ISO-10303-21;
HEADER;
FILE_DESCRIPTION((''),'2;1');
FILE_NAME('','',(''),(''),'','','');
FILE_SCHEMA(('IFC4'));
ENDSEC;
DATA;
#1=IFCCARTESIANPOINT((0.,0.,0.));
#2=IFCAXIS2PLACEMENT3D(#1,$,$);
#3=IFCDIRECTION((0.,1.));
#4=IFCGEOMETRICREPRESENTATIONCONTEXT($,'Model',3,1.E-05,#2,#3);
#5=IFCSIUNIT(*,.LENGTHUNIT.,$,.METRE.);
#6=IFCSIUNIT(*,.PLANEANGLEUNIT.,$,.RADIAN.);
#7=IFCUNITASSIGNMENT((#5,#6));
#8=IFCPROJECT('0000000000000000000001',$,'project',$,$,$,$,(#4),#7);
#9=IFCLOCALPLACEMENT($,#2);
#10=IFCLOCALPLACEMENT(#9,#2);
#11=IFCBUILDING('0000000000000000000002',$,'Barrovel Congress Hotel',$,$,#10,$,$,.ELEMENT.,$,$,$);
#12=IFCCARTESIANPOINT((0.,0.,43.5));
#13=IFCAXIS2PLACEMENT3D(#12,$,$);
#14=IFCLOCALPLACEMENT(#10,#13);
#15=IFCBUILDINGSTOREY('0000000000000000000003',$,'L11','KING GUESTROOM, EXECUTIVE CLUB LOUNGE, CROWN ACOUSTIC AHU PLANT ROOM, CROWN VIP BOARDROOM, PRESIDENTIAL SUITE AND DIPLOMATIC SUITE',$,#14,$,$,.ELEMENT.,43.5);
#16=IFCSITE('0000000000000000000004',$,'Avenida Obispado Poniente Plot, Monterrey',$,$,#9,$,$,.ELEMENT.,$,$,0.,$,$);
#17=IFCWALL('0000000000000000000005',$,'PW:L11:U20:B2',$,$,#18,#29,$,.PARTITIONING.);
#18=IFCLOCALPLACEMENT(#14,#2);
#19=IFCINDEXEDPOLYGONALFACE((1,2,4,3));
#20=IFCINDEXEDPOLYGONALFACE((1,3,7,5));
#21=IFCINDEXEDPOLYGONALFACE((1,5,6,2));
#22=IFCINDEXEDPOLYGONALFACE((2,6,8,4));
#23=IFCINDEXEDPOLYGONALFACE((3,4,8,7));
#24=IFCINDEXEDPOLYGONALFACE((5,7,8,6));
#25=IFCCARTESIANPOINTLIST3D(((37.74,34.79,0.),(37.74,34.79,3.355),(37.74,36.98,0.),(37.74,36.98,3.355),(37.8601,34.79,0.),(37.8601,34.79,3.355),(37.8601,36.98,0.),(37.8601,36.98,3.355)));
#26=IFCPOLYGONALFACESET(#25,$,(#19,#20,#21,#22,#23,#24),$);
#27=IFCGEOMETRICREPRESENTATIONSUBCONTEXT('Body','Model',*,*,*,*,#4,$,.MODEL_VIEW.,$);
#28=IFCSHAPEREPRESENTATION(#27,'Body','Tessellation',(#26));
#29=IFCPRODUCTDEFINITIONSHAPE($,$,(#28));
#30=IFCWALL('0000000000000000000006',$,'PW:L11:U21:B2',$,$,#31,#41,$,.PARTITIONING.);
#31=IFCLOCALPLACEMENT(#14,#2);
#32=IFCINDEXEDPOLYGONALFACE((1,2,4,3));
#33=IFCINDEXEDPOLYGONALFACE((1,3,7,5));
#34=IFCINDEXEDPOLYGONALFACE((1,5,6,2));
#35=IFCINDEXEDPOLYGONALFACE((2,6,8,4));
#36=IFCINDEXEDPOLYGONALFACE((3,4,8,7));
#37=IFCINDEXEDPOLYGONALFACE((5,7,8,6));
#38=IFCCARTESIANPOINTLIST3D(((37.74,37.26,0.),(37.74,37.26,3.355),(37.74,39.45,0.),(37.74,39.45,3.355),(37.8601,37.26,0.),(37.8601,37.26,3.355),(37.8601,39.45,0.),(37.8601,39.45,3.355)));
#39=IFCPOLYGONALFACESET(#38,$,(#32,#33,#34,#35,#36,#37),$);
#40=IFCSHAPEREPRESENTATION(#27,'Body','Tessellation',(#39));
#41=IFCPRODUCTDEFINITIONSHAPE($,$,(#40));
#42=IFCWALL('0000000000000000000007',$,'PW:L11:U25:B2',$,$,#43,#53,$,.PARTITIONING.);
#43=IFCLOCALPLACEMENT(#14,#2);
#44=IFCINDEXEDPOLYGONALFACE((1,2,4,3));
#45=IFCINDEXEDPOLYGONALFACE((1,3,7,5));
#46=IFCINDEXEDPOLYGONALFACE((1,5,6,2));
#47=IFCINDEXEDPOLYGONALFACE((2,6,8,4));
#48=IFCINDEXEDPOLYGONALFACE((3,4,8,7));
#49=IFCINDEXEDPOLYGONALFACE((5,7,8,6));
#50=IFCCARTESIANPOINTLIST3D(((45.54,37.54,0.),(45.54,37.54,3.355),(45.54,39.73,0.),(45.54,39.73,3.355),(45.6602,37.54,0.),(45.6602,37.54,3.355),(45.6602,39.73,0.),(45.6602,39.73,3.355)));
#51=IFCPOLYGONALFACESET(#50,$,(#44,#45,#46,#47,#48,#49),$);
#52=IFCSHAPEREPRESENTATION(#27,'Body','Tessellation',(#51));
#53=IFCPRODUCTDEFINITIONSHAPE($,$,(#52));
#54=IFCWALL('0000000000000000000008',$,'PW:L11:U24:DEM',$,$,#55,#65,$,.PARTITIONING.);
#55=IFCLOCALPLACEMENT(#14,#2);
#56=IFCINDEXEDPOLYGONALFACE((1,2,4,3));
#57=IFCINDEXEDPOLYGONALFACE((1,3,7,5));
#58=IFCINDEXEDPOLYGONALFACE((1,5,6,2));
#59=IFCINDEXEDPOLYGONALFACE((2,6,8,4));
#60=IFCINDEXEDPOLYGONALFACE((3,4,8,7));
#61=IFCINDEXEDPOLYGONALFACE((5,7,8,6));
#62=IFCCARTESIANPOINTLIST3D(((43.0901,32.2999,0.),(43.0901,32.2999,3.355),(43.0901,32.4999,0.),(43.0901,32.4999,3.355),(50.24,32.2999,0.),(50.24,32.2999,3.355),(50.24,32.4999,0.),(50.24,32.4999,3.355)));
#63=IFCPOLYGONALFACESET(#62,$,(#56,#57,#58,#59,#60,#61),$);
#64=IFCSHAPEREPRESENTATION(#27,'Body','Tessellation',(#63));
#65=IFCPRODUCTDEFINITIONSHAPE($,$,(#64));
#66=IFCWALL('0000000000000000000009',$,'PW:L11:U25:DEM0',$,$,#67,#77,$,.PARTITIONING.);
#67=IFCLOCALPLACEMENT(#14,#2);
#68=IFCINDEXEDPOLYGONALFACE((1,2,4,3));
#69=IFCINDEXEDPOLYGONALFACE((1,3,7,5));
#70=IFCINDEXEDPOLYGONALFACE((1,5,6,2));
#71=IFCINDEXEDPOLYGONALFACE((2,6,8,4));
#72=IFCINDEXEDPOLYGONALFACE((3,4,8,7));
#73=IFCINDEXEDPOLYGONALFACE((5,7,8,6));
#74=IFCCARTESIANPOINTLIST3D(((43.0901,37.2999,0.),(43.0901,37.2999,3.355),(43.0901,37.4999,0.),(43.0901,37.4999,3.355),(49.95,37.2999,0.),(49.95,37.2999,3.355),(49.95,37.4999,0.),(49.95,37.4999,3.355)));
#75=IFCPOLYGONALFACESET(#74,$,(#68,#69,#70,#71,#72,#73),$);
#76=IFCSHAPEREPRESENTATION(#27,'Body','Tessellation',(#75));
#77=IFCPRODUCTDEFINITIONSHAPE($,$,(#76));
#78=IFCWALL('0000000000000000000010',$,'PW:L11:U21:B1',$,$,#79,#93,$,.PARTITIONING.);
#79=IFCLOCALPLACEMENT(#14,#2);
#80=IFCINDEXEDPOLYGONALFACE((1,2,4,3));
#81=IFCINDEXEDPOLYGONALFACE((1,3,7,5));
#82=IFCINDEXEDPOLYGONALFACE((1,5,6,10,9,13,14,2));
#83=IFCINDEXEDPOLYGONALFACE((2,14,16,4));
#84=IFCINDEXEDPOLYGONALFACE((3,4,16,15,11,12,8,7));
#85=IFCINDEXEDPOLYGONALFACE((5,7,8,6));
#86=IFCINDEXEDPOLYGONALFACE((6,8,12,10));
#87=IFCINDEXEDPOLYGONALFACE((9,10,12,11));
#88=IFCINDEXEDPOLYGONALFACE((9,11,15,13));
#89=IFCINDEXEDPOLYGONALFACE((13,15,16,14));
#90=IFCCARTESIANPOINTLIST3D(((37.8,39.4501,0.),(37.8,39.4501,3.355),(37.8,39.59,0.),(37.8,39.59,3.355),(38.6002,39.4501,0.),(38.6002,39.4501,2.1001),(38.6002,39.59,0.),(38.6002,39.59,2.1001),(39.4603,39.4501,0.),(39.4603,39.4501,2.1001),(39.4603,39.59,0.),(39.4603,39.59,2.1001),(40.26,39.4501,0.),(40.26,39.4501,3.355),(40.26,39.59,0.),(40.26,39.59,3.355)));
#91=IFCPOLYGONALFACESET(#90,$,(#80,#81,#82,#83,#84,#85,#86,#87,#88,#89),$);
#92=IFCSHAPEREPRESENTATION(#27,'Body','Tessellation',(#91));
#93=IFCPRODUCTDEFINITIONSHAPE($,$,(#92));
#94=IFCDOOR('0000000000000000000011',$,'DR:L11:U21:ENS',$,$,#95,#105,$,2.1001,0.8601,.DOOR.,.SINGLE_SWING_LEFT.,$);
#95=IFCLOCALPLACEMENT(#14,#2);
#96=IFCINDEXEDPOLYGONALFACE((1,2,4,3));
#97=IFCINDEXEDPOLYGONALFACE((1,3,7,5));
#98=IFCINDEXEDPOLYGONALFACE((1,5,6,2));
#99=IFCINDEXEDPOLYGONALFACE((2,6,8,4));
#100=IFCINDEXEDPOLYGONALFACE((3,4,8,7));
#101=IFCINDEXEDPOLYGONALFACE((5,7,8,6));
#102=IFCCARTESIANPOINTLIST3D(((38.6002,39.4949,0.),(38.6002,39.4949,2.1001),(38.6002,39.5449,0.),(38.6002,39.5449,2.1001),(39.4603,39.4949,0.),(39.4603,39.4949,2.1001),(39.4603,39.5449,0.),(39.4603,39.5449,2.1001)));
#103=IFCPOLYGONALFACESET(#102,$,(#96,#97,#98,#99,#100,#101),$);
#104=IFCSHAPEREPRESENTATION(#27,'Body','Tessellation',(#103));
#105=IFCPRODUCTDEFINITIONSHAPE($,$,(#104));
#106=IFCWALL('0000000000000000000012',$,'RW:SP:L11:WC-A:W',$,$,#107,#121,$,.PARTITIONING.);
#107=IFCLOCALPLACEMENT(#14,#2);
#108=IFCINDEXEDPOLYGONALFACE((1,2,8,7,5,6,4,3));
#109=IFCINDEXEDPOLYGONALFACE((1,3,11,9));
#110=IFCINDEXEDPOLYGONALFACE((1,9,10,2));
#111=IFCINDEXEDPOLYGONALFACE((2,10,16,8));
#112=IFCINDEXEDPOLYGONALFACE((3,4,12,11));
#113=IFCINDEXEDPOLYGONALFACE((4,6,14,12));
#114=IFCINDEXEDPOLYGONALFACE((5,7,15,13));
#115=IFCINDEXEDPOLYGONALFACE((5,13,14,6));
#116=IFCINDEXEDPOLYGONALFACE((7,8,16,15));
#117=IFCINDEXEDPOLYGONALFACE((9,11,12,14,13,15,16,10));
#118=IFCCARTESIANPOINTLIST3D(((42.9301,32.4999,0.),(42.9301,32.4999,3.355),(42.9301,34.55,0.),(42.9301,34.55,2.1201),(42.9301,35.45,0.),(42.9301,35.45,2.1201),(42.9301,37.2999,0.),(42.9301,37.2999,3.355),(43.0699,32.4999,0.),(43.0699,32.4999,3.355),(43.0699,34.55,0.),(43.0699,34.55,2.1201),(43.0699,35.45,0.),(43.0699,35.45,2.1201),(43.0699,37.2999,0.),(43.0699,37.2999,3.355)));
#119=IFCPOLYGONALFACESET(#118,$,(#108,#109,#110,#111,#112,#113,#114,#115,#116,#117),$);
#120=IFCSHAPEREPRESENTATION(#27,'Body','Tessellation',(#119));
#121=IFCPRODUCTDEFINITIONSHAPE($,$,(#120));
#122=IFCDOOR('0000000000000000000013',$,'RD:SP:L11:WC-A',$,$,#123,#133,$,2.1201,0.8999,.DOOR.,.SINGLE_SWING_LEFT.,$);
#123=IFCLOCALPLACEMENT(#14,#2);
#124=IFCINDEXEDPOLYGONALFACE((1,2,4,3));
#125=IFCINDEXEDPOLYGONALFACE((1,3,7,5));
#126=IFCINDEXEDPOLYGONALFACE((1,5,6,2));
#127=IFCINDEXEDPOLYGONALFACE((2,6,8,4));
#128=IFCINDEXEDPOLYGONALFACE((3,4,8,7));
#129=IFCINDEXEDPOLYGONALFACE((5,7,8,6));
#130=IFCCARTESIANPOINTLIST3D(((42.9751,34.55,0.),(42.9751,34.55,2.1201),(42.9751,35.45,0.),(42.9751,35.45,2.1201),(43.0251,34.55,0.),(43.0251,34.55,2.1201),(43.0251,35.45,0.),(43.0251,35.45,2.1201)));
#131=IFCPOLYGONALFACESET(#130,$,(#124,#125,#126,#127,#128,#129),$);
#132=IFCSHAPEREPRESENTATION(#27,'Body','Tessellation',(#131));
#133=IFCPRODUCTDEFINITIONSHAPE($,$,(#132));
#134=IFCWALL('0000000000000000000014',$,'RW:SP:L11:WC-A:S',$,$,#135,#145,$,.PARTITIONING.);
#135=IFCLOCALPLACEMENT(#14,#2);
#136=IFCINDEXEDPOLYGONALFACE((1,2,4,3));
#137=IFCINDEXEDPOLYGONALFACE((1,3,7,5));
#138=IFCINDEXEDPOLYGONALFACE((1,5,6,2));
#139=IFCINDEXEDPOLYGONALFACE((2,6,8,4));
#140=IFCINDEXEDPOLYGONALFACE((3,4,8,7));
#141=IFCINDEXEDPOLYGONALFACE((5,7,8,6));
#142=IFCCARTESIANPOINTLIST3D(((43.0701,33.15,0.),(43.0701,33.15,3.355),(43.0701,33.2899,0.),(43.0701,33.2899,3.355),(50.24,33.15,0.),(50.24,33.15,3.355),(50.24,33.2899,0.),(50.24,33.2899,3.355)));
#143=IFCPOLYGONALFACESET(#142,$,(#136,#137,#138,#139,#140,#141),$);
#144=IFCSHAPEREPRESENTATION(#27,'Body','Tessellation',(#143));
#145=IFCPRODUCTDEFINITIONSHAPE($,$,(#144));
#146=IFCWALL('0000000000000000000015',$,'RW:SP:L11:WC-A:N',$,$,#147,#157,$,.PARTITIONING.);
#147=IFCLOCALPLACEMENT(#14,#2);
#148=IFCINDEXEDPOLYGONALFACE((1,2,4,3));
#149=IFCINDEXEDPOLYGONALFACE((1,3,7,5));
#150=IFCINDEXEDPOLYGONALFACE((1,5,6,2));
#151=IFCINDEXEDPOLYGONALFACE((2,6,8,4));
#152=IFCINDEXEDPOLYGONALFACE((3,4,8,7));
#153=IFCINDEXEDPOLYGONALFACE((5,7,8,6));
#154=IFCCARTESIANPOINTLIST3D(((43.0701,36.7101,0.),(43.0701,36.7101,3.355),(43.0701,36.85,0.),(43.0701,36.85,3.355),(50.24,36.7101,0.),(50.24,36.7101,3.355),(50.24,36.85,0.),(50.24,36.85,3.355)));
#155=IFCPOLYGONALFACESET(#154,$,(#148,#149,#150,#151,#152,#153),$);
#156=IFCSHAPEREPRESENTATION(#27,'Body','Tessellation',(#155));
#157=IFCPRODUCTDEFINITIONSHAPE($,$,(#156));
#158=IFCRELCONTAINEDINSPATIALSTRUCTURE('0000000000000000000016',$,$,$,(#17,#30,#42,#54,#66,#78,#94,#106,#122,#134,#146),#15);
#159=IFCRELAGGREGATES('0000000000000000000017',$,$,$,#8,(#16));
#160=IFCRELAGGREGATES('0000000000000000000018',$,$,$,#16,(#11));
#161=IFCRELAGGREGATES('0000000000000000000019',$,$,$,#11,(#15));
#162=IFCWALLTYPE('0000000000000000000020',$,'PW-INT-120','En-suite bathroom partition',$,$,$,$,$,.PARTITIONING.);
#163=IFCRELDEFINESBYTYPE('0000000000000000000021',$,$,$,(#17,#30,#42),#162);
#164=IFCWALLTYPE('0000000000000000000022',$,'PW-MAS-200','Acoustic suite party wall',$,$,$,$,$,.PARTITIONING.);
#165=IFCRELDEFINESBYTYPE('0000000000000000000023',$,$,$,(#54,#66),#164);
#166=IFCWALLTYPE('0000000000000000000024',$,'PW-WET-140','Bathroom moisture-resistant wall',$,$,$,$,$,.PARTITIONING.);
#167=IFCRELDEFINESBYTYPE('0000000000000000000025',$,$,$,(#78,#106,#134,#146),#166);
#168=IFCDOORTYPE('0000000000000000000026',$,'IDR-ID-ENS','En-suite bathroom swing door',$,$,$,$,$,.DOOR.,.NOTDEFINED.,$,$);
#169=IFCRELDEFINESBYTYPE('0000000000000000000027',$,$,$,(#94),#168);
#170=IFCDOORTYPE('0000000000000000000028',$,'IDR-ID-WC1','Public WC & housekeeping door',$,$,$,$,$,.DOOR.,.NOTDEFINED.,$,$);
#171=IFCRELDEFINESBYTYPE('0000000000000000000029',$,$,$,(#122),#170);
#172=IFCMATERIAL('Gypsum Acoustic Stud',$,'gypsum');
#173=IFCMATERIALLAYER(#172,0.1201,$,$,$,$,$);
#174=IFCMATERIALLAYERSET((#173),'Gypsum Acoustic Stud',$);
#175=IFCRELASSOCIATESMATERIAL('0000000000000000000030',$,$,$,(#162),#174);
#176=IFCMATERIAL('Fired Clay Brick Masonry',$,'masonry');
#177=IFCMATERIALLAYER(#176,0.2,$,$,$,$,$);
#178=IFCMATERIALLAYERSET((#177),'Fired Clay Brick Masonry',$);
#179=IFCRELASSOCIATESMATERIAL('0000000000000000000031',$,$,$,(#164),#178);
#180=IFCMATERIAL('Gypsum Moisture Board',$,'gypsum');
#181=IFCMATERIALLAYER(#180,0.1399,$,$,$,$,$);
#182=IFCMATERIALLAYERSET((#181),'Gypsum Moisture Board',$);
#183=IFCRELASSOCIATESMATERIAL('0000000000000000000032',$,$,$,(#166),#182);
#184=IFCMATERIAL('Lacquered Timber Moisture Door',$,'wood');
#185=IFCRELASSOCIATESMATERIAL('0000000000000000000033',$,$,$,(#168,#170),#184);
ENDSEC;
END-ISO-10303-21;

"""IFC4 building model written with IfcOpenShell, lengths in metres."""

from ifc_helpers import new_model, si_unit, direction, frame, frame_2d, origin, place, context, subcontext, project, spatial, rectangle, extrude, material, layer, layer_set, type_object, element, fill, save


model = new_model("IFC4")

# Units and contexts
model_context = context("Model", 3, precision=1e-05, world=origin(), true_north=direction((0.0, 1.0)))
body_context = subcontext(model_context, "Body", "Model", "MODEL_VIEW")
ifc_project = project(units=[si_unit("LENGTHUNIT", "METRE"), si_unit("PLANEANGLEUNIT", "RADIAN")], contexts=[model_context])

# Site, building, storey
site_placement = place(None, origin())
site = spatial("IfcSite", under=ifc_project, at=site_placement, Name="Avenida Obispado Poniente Plot, Monterrey", CompositionType="ELEMENT", RefElevation=0.0)
building_placement = place(site_placement, origin())
building = spatial("IfcBuilding", under=site, at=building_placement, Name="Barrovel Congress Hotel", CompositionType="ELEMENT")
storey_placement = place(building_placement, frame((0.0, 0.0, 43.5)))
storey = spatial("IfcBuildingStorey", under=building, at=storey_placement, Name="L11", Description="KING GUESTROOM, EXECUTIVE CLUB LOUNGE, CROWN ACOUSTIC AHU PLANT ROOM, CROWN VIP BOARDROOM, PRESIDENTIAL SUITE AND DIPLOMATIC SUITE", CompositionType="ELEMENT", Elevation=43.5)

# Shared definitions
ifc_material_1 = material(Name="Gypsum Acoustic Stud", Category="gypsum")

# Walls
ifc_layer_1 = layer(ifc_material_1, 0.1201)
ifc_layer_set_1 = layer_set([ifc_layer_1], Name="Gypsum Acoustic Stud")
wall_type_1 = type_object("IfcWallType", Name="PW-INT-120", Description="En-suite bathroom partition", PredefinedType="PARTITIONING", material=ifc_layer_set_1)
for number, where, z_axis, x_axis, name in (
    (1, (37.8, 34.79, 0.0), (0.0, 0.0, 1.0), (0.0, 1.0, 0.0), "PW:L11:U20:B2"),
    (2, (37.8, 37.26, 0.0), (0.0, 0.0, 1.0), (0.0, 1.0, 0.0), "PW:L11:U21:B2"),
    (3, (45.6001, 37.54, 0.0), (0.0, 0.0, 1.0), (0.0, 1.0, 0.0), "PW:L11:U25:B2"),
):
    element("IfcWall", number, at=place(storey_placement, frame(where, z_axis=z_axis, x_axis=x_axis)), inside=storey, type_object=wall_type_1, Name=name, PredefinedType="PARTITIONING", context=body_context, shape_type="SweptSolid", body=[
        extrude(rectangle(XDim=2.1899, YDim=0.1201, at=frame_2d((1.095, 0.0))), origin(), (0.0, 0.0, 1.0), 3.355),
    ])
ifc_material_2 = material(Name="Fired Clay Brick Masonry", Category="masonry")
ifc_layer_2 = layer(ifc_material_2, 0.2)
ifc_layer_set_2 = layer_set([ifc_layer_2], Name="Fired Clay Brick Masonry")
wall_type_2 = type_object("IfcWallType", Name="PW-MAS-200", Description="Acoustic suite party wall", PredefinedType="PARTITIONING", material=ifc_layer_set_2)
wall_1_placement = place(storey_placement, frame((43.0901, 32.3999, 0.0), z_axis=(0.0, 0.0, 1.0), x_axis=(1.0, 0.0, 0.0)))
element("IfcWall", 4, at=wall_1_placement, inside=storey, type_object=wall_type_2, Name="PW:L11:U24:DEM", PredefinedType="PARTITIONING", context=body_context, shape_type="SweptSolid", body=[
    extrude(rectangle(XDim=7.1499, YDim=0.2, at=frame_2d((3.575, 0.0))), origin(), (0.0, 0.0, 1.0), 3.355),
])
wall_2_placement = place(storey_placement, frame((43.0901, 37.3999, 0.0), z_axis=(0.0, 0.0, 1.0), x_axis=(1.0, 0.0, 0.0)))
element("IfcWall", 5, at=wall_2_placement, inside=storey, type_object=wall_type_2, Name="PW:L11:U25:DEM0", PredefinedType="PARTITIONING", context=body_context, shape_type="SweptSolid", body=[
    extrude(rectangle(XDim=6.8599, YDim=0.2, at=frame_2d((3.4299, 0.0))), origin(), (0.0, 0.0, 1.0), 3.355),
])

# Walls, openings, doors
ifc_material_3 = material(Name="Gypsum Moisture Board", Category="gypsum")
ifc_layer_3 = layer(ifc_material_3, 0.1399)
ifc_layer_set_3 = layer_set([ifc_layer_3], Name="Gypsum Moisture Board")
wall_type_3 = type_object("IfcWallType", Name="PW-WET-140", Description="Bathroom moisture-resistant wall", PredefinedType="PARTITIONING", material=ifc_layer_set_3)
wall_3_placement = place(storey_placement, frame((37.8, 39.52, 0.0), z_axis=(0.0, 0.0, 1.0), x_axis=(1.0, 0.0, 0.0)))
wall_3 = element("IfcWall", 6, at=wall_3_placement, inside=storey, type_object=wall_type_3, Name="PW:L11:U21:B1", PredefinedType="PARTITIONING", context=body_context, shape_type="SweptSolid", body=[
    extrude(rectangle(XDim=2.46, YDim=0.1399, at=frame_2d((1.23, 0.0))), origin(), (0.0, 0.0, 1.0), 3.355),
])
opening_1_placement = place(wall_3_placement, frame((0.8, 0.0, 0.0)))
opening_1 = element("IfcOpeningElement", 7, at=opening_1_placement, cuts=wall_3, PredefinedType="OPENING", context=body_context, shape_type="SweptSolid", body=[
    extrude(rectangle(XDim=0.8601, YDim=2.1001, at=frame_2d((0.4302, 1.05))), frame((0.0, 0.0801, 0.0), z_axis=(0.0, -1.0, 0.0), x_axis=(1.0, 0.0, 0.0)), (0.0, 0.0, 1.0), 0.1599),
])
ifc_material_4 = material(Name="Lacquered Timber Moisture Door", Category="wood")
door_type_1 = type_object("IfcDoorType", Name="IDR-ID-ENS", Description="En-suite bathroom swing door", OperationType="NOTDEFINED", PredefinedType="DOOR", material=ifc_material_4)
door_1_placement = place(opening_1_placement, origin())
door_1 = element("IfcDoor", 8, at=door_1_placement, inside=storey, type_object=door_type_1, Name="DR:L11:U21:ENS", OperationType="SINGLE_SWING_LEFT", OverallHeight=2.1001, OverallWidth=0.8601, PredefinedType="DOOR", context=body_context, shape_type="SweptSolid", body=[
    extrude(rectangle(XDim=0.8601, YDim=2.1001, at=frame_2d((0.4302, 1.05))), frame((0.0, 0.0249, 0.0), z_axis=(0.0, -1.0, 0.0), x_axis=(1.0, 0.0, 0.0)), (0.0, 0.0, 1.0), 0.05),
])
fill(opening_1, door_1)
wall_4_placement = place(storey_placement, frame((43.0, 32.5, 0.0), z_axis=(0.0, 0.0, 1.0), x_axis=(0.0, 1.0, 0.0)))
wall_4 = element("IfcWall", 9, at=wall_4_placement, inside=storey, type_object=wall_type_3, Name="RW:SP:L11:WC-A:W", PredefinedType="PARTITIONING", context=body_context, shape_type="SweptSolid", body=[
    extrude(rectangle(XDim=4.8, YDim=0.1399, at=frame_2d((2.3999, 0.0))), origin(), (0.0, 0.0, 1.0), 3.355),
])
opening_2_placement = place(wall_4_placement, frame((2.05, 0.0, 0.0)))
opening_2 = element("IfcOpeningElement", 10, at=opening_2_placement, cuts=wall_4, PredefinedType="OPENING", context=body_context, shape_type="SweptSolid", body=[
    extrude(rectangle(XDim=0.8999, YDim=2.1201, at=frame_2d((0.45, 1.0601))), frame((0.0, 0.0801, 0.0), z_axis=(0.0, -1.0, 0.0), x_axis=(1.0, 0.0, 0.0)), (0.0, 0.0, 1.0), 0.1599),
])
door_type_2 = type_object("IfcDoorType", Name="IDR-ID-WC1", Description="Public WC & housekeeping door", OperationType="NOTDEFINED", PredefinedType="DOOR", material=ifc_material_4)
door_2_placement = place(opening_2_placement, origin())
door_2 = element("IfcDoor", 11, at=door_2_placement, inside=storey, type_object=door_type_2, Name="RD:SP:L11:WC-A", OperationType="SINGLE_SWING_LEFT", OverallHeight=2.1201, OverallWidth=0.8999, PredefinedType="DOOR", context=body_context, shape_type="SweptSolid", body=[
    extrude(rectangle(XDim=0.8999, YDim=2.1201, at=frame_2d((0.45, 1.0601))), frame((0.0, 0.0249, 0.0), z_axis=(0.0, -1.0, 0.0), x_axis=(1.0, 0.0, 0.0)), (0.0, 0.0, 1.0), 0.05),
])
fill(opening_2, door_2)

# Walls
for number, where, z_axis, x_axis, name in (
    (12, (43.0701, 33.22, 0.0), (0.0, 0.0, 1.0), (1.0, 0.0, 0.0), "RW:SP:L11:WC-A:S"),
    (13, (43.0701, 36.78, 0.0), (0.0, 0.0, 1.0), (1.0, 0.0, 0.0), "RW:SP:L11:WC-A:N"),
):
    element("IfcWall", number, at=place(storey_placement, frame(where, z_axis=z_axis, x_axis=x_axis)), inside=storey, type_object=wall_type_3, Name=name, PredefinedType="PARTITIONING", context=body_context, shape_type="SweptSolid", body=[
        extrude(rectangle(XDim=7.1699, YDim=0.1399, at=frame_2d((3.585, 0.0))), origin(), (0.0, 0.0, 1.0), 3.355),
    ])

save(model, "model.ifc")
